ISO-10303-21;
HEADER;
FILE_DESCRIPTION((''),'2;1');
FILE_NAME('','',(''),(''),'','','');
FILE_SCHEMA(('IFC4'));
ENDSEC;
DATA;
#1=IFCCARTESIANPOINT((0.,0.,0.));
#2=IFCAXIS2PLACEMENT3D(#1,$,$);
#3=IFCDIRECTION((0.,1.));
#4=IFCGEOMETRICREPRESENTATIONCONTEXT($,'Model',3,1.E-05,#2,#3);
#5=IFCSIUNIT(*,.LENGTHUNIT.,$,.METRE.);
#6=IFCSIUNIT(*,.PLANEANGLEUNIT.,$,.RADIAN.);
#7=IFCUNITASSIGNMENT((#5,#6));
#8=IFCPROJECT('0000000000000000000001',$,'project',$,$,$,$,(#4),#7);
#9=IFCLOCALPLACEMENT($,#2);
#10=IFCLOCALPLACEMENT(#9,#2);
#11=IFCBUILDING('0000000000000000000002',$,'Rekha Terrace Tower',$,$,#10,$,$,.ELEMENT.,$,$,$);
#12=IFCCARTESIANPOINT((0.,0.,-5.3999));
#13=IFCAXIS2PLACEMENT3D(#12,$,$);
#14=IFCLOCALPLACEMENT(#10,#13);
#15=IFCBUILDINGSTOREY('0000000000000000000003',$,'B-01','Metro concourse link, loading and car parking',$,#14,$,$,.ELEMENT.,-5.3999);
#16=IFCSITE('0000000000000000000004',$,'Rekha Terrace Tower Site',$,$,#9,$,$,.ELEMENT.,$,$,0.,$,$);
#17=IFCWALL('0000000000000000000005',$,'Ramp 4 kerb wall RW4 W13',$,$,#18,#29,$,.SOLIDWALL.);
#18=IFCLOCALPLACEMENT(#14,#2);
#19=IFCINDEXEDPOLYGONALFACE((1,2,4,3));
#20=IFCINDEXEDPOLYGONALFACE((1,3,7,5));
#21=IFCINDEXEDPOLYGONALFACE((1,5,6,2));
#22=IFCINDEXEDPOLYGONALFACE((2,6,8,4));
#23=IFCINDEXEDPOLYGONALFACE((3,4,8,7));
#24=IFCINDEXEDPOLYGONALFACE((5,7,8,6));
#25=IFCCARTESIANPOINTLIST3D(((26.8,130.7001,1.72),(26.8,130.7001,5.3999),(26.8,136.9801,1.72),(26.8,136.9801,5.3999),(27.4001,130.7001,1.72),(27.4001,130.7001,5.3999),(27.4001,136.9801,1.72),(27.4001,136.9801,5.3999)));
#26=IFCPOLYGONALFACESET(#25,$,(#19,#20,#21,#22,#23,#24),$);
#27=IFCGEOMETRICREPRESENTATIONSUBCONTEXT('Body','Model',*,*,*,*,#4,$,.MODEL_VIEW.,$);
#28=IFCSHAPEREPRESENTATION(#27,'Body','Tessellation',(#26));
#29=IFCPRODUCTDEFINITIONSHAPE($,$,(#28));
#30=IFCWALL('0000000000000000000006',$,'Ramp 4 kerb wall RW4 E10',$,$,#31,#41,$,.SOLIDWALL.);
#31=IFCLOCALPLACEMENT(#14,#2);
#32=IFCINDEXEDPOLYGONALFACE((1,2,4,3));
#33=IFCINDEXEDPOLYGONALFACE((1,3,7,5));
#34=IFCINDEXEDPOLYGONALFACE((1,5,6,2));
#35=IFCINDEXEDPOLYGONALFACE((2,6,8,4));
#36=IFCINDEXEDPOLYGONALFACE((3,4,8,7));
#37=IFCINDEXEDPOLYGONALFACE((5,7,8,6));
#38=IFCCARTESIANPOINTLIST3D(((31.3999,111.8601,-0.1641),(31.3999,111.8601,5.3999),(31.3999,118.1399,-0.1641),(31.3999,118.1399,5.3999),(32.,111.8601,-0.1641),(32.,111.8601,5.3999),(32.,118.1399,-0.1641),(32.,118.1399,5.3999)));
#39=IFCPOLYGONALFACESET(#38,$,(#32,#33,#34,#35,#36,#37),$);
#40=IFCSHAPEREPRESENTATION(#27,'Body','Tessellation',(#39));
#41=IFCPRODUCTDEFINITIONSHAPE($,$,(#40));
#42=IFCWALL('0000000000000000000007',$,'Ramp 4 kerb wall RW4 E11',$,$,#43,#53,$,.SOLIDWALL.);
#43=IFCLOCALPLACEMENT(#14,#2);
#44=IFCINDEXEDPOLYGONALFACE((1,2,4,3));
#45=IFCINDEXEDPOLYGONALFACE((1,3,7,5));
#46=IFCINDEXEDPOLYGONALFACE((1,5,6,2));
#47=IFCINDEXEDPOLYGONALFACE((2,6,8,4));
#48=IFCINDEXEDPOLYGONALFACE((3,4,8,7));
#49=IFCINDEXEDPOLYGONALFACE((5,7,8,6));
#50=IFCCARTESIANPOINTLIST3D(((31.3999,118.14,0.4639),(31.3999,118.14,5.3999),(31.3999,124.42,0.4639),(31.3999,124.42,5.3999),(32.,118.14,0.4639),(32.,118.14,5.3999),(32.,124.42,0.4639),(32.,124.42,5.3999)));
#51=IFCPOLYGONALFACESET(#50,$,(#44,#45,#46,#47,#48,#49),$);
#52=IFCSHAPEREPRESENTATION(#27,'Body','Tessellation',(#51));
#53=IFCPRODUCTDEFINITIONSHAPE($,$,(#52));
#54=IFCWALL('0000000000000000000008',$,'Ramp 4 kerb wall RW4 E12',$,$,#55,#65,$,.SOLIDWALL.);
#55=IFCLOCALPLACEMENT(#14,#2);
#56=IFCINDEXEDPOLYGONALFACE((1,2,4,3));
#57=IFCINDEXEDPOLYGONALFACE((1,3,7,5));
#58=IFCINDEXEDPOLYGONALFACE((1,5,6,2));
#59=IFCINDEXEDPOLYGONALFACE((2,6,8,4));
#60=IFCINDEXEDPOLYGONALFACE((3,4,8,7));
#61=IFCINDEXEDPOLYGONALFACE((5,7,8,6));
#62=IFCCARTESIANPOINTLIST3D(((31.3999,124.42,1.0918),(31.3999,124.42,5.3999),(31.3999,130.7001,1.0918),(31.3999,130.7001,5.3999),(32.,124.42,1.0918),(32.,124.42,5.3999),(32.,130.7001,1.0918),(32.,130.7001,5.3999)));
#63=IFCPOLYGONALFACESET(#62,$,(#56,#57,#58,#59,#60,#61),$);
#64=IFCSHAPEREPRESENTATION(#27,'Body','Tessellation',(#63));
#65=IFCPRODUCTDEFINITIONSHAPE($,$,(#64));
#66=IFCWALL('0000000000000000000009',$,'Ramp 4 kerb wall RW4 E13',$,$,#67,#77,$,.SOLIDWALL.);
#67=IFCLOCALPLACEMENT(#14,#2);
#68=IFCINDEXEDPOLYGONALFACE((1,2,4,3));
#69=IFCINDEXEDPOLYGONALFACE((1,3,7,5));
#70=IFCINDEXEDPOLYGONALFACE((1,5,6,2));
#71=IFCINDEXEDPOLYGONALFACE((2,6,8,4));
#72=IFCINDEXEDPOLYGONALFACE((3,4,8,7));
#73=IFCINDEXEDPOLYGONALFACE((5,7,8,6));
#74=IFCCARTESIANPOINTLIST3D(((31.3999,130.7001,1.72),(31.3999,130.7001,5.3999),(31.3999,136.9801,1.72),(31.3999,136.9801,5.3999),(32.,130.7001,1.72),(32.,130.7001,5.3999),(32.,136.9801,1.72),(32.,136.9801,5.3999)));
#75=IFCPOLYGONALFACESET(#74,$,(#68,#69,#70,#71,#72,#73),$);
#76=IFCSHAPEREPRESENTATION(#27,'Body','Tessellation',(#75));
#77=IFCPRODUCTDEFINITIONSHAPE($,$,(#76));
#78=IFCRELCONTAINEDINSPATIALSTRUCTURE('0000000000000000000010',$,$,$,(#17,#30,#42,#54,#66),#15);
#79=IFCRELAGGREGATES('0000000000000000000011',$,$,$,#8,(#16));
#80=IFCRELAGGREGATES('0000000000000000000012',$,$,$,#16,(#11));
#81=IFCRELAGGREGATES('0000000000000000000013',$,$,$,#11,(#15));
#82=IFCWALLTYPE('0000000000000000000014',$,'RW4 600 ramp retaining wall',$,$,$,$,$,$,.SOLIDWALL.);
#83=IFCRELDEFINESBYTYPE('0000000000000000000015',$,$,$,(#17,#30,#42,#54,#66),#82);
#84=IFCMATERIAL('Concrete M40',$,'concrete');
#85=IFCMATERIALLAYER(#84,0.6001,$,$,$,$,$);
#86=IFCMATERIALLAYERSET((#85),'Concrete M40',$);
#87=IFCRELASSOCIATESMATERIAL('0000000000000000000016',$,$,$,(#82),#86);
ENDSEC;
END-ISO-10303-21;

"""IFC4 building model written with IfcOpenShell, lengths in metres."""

from ifc_helpers import new_model, si_unit, direction, frame, frame_2d, origin, place, context, subcontext, project, spatial, rectangle, extrude, material, layer, layer_set, type_object, element, save


model = new_model("IFC4")

# Units and contexts
model_context = context("Model", 3, precision=1e-05, world=origin(), true_north=direction((0.0, 1.0)))
body_context = subcontext(model_context, "Body", "Model", "MODEL_VIEW")
ifc_project = project(units=[si_unit("LENGTHUNIT", "METRE"), si_unit("PLANEANGLEUNIT", "RADIAN")], contexts=[model_context])

# Site, building, storey
site_placement = place(None, origin())
site = spatial("IfcSite", under=ifc_project, at=site_placement, Name="Rekha Terrace Tower Site", CompositionType="ELEMENT", RefElevation=0.0)
building_placement = place(site_placement, origin())
building = spatial("IfcBuilding", under=site, at=building_placement, Name="Rekha Terrace Tower", CompositionType="ELEMENT")
storey_placement = place(building_placement, frame((0.0, 0.0, -5.3999)))
storey = spatial("IfcBuildingStorey", under=building, at=storey_placement, Name="B-01", Description="Metro concourse link, loading and car parking", CompositionType="ELEMENT", Elevation=-5.3999)

# Shared definitions
ifc_material = material(Name="Concrete M40", Category="concrete")

# Walls
ifc_layer = layer(ifc_material, 0.6001)
ifc_layer_set = layer_set([ifc_layer], Name="Concrete M40")
wall_type = type_object("IfcWallType", Name="RW4 600 ramp retaining wall", PredefinedType="SOLIDWALL", material=ifc_layer_set)
wall_1_placement = place(storey_placement, frame((27.1001, 130.7, 1.72), z_axis=(0.0, 0.0, 1.0), x_axis=(0.0, 1.0, 0.0)))
element("IfcWall", 1, at=wall_1_placement, inside=storey, type_object=wall_type, Name="Ramp 4 kerb wall RW4 W13", PredefinedType="SOLIDWALL", context=body_context, shape_type="SweptSolid", body=[
    extrude(rectangle(XDim=6.28, YDim=0.6001, at=frame_2d((3.1401, 0.0))), origin(), (0.0, 0.0, 1.0), 3.6799),
])
wall_2_placement = place(storey_placement, frame((31.7, 111.8601, -0.1641), z_axis=(0.0, 0.0, 1.0), x_axis=(0.0, 1.0, 0.0)))
element("IfcWall", 2, at=wall_2_placement, inside=storey, type_object=wall_type, Name="Ramp 4 kerb wall RW4 E10", PredefinedType="SOLIDWALL", context=body_context, shape_type="SweptSolid", body=[
    extrude(rectangle(XDim=6.2798, YDim=0.6001, at=frame_2d((3.1399, 0.0))), origin(), (0.0, 0.0, 1.0), 5.564),
])
wall_3_placement = place(storey_placement, frame((31.7, 118.1399, 0.4639), z_axis=(0.0, 0.0, 1.0), x_axis=(0.0, 1.0, 0.0)))
element("IfcWall", 3, at=wall_3_placement, inside=storey, type_object=wall_type, Name="Ramp 4 kerb wall RW4 E11", PredefinedType="SOLIDWALL", context=body_context, shape_type="SweptSolid", body=[
    extrude(rectangle(XDim=6.28, YDim=0.6001, at=frame_2d((3.1401, 0.0))), origin(), (0.0, 0.0, 1.0), 4.936),
])
wall_4_placement = place(storey_placement, frame((31.7, 124.4199, 1.0918), z_axis=(0.0, 0.0, 1.0), x_axis=(0.0, 1.0, 0.0)))
element("IfcWall", 4, at=wall_4_placement, inside=storey, type_object=wall_type, Name="Ramp 4 kerb wall RW4 E12", PredefinedType="SOLIDWALL", context=body_context, shape_type="SweptSolid", body=[
    extrude(rectangle(XDim=6.28, YDim=0.6001, at=frame_2d((3.1401, 0.0))), origin(), (0.0, 0.0, 1.0), 4.3081),
])
wall_5_placement = place(storey_placement, frame((31.7, 130.7, 1.72), z_axis=(0.0, 0.0, 1.0), x_axis=(0.0, 1.0, 0.0)))
element("IfcWall", 5, at=wall_5_placement, inside=storey, type_object=wall_type, Name="Ramp 4 kerb wall RW4 E13", PredefinedType="SOLIDWALL", context=body_context, shape_type="SweptSolid", body=[
    extrude(rectangle(XDim=6.28, YDim=0.6001, at=frame_2d((3.1401, 0.0))), origin(), (0.0, 0.0, 1.0), 3.6799),
])

save(model, "model.ifc")
